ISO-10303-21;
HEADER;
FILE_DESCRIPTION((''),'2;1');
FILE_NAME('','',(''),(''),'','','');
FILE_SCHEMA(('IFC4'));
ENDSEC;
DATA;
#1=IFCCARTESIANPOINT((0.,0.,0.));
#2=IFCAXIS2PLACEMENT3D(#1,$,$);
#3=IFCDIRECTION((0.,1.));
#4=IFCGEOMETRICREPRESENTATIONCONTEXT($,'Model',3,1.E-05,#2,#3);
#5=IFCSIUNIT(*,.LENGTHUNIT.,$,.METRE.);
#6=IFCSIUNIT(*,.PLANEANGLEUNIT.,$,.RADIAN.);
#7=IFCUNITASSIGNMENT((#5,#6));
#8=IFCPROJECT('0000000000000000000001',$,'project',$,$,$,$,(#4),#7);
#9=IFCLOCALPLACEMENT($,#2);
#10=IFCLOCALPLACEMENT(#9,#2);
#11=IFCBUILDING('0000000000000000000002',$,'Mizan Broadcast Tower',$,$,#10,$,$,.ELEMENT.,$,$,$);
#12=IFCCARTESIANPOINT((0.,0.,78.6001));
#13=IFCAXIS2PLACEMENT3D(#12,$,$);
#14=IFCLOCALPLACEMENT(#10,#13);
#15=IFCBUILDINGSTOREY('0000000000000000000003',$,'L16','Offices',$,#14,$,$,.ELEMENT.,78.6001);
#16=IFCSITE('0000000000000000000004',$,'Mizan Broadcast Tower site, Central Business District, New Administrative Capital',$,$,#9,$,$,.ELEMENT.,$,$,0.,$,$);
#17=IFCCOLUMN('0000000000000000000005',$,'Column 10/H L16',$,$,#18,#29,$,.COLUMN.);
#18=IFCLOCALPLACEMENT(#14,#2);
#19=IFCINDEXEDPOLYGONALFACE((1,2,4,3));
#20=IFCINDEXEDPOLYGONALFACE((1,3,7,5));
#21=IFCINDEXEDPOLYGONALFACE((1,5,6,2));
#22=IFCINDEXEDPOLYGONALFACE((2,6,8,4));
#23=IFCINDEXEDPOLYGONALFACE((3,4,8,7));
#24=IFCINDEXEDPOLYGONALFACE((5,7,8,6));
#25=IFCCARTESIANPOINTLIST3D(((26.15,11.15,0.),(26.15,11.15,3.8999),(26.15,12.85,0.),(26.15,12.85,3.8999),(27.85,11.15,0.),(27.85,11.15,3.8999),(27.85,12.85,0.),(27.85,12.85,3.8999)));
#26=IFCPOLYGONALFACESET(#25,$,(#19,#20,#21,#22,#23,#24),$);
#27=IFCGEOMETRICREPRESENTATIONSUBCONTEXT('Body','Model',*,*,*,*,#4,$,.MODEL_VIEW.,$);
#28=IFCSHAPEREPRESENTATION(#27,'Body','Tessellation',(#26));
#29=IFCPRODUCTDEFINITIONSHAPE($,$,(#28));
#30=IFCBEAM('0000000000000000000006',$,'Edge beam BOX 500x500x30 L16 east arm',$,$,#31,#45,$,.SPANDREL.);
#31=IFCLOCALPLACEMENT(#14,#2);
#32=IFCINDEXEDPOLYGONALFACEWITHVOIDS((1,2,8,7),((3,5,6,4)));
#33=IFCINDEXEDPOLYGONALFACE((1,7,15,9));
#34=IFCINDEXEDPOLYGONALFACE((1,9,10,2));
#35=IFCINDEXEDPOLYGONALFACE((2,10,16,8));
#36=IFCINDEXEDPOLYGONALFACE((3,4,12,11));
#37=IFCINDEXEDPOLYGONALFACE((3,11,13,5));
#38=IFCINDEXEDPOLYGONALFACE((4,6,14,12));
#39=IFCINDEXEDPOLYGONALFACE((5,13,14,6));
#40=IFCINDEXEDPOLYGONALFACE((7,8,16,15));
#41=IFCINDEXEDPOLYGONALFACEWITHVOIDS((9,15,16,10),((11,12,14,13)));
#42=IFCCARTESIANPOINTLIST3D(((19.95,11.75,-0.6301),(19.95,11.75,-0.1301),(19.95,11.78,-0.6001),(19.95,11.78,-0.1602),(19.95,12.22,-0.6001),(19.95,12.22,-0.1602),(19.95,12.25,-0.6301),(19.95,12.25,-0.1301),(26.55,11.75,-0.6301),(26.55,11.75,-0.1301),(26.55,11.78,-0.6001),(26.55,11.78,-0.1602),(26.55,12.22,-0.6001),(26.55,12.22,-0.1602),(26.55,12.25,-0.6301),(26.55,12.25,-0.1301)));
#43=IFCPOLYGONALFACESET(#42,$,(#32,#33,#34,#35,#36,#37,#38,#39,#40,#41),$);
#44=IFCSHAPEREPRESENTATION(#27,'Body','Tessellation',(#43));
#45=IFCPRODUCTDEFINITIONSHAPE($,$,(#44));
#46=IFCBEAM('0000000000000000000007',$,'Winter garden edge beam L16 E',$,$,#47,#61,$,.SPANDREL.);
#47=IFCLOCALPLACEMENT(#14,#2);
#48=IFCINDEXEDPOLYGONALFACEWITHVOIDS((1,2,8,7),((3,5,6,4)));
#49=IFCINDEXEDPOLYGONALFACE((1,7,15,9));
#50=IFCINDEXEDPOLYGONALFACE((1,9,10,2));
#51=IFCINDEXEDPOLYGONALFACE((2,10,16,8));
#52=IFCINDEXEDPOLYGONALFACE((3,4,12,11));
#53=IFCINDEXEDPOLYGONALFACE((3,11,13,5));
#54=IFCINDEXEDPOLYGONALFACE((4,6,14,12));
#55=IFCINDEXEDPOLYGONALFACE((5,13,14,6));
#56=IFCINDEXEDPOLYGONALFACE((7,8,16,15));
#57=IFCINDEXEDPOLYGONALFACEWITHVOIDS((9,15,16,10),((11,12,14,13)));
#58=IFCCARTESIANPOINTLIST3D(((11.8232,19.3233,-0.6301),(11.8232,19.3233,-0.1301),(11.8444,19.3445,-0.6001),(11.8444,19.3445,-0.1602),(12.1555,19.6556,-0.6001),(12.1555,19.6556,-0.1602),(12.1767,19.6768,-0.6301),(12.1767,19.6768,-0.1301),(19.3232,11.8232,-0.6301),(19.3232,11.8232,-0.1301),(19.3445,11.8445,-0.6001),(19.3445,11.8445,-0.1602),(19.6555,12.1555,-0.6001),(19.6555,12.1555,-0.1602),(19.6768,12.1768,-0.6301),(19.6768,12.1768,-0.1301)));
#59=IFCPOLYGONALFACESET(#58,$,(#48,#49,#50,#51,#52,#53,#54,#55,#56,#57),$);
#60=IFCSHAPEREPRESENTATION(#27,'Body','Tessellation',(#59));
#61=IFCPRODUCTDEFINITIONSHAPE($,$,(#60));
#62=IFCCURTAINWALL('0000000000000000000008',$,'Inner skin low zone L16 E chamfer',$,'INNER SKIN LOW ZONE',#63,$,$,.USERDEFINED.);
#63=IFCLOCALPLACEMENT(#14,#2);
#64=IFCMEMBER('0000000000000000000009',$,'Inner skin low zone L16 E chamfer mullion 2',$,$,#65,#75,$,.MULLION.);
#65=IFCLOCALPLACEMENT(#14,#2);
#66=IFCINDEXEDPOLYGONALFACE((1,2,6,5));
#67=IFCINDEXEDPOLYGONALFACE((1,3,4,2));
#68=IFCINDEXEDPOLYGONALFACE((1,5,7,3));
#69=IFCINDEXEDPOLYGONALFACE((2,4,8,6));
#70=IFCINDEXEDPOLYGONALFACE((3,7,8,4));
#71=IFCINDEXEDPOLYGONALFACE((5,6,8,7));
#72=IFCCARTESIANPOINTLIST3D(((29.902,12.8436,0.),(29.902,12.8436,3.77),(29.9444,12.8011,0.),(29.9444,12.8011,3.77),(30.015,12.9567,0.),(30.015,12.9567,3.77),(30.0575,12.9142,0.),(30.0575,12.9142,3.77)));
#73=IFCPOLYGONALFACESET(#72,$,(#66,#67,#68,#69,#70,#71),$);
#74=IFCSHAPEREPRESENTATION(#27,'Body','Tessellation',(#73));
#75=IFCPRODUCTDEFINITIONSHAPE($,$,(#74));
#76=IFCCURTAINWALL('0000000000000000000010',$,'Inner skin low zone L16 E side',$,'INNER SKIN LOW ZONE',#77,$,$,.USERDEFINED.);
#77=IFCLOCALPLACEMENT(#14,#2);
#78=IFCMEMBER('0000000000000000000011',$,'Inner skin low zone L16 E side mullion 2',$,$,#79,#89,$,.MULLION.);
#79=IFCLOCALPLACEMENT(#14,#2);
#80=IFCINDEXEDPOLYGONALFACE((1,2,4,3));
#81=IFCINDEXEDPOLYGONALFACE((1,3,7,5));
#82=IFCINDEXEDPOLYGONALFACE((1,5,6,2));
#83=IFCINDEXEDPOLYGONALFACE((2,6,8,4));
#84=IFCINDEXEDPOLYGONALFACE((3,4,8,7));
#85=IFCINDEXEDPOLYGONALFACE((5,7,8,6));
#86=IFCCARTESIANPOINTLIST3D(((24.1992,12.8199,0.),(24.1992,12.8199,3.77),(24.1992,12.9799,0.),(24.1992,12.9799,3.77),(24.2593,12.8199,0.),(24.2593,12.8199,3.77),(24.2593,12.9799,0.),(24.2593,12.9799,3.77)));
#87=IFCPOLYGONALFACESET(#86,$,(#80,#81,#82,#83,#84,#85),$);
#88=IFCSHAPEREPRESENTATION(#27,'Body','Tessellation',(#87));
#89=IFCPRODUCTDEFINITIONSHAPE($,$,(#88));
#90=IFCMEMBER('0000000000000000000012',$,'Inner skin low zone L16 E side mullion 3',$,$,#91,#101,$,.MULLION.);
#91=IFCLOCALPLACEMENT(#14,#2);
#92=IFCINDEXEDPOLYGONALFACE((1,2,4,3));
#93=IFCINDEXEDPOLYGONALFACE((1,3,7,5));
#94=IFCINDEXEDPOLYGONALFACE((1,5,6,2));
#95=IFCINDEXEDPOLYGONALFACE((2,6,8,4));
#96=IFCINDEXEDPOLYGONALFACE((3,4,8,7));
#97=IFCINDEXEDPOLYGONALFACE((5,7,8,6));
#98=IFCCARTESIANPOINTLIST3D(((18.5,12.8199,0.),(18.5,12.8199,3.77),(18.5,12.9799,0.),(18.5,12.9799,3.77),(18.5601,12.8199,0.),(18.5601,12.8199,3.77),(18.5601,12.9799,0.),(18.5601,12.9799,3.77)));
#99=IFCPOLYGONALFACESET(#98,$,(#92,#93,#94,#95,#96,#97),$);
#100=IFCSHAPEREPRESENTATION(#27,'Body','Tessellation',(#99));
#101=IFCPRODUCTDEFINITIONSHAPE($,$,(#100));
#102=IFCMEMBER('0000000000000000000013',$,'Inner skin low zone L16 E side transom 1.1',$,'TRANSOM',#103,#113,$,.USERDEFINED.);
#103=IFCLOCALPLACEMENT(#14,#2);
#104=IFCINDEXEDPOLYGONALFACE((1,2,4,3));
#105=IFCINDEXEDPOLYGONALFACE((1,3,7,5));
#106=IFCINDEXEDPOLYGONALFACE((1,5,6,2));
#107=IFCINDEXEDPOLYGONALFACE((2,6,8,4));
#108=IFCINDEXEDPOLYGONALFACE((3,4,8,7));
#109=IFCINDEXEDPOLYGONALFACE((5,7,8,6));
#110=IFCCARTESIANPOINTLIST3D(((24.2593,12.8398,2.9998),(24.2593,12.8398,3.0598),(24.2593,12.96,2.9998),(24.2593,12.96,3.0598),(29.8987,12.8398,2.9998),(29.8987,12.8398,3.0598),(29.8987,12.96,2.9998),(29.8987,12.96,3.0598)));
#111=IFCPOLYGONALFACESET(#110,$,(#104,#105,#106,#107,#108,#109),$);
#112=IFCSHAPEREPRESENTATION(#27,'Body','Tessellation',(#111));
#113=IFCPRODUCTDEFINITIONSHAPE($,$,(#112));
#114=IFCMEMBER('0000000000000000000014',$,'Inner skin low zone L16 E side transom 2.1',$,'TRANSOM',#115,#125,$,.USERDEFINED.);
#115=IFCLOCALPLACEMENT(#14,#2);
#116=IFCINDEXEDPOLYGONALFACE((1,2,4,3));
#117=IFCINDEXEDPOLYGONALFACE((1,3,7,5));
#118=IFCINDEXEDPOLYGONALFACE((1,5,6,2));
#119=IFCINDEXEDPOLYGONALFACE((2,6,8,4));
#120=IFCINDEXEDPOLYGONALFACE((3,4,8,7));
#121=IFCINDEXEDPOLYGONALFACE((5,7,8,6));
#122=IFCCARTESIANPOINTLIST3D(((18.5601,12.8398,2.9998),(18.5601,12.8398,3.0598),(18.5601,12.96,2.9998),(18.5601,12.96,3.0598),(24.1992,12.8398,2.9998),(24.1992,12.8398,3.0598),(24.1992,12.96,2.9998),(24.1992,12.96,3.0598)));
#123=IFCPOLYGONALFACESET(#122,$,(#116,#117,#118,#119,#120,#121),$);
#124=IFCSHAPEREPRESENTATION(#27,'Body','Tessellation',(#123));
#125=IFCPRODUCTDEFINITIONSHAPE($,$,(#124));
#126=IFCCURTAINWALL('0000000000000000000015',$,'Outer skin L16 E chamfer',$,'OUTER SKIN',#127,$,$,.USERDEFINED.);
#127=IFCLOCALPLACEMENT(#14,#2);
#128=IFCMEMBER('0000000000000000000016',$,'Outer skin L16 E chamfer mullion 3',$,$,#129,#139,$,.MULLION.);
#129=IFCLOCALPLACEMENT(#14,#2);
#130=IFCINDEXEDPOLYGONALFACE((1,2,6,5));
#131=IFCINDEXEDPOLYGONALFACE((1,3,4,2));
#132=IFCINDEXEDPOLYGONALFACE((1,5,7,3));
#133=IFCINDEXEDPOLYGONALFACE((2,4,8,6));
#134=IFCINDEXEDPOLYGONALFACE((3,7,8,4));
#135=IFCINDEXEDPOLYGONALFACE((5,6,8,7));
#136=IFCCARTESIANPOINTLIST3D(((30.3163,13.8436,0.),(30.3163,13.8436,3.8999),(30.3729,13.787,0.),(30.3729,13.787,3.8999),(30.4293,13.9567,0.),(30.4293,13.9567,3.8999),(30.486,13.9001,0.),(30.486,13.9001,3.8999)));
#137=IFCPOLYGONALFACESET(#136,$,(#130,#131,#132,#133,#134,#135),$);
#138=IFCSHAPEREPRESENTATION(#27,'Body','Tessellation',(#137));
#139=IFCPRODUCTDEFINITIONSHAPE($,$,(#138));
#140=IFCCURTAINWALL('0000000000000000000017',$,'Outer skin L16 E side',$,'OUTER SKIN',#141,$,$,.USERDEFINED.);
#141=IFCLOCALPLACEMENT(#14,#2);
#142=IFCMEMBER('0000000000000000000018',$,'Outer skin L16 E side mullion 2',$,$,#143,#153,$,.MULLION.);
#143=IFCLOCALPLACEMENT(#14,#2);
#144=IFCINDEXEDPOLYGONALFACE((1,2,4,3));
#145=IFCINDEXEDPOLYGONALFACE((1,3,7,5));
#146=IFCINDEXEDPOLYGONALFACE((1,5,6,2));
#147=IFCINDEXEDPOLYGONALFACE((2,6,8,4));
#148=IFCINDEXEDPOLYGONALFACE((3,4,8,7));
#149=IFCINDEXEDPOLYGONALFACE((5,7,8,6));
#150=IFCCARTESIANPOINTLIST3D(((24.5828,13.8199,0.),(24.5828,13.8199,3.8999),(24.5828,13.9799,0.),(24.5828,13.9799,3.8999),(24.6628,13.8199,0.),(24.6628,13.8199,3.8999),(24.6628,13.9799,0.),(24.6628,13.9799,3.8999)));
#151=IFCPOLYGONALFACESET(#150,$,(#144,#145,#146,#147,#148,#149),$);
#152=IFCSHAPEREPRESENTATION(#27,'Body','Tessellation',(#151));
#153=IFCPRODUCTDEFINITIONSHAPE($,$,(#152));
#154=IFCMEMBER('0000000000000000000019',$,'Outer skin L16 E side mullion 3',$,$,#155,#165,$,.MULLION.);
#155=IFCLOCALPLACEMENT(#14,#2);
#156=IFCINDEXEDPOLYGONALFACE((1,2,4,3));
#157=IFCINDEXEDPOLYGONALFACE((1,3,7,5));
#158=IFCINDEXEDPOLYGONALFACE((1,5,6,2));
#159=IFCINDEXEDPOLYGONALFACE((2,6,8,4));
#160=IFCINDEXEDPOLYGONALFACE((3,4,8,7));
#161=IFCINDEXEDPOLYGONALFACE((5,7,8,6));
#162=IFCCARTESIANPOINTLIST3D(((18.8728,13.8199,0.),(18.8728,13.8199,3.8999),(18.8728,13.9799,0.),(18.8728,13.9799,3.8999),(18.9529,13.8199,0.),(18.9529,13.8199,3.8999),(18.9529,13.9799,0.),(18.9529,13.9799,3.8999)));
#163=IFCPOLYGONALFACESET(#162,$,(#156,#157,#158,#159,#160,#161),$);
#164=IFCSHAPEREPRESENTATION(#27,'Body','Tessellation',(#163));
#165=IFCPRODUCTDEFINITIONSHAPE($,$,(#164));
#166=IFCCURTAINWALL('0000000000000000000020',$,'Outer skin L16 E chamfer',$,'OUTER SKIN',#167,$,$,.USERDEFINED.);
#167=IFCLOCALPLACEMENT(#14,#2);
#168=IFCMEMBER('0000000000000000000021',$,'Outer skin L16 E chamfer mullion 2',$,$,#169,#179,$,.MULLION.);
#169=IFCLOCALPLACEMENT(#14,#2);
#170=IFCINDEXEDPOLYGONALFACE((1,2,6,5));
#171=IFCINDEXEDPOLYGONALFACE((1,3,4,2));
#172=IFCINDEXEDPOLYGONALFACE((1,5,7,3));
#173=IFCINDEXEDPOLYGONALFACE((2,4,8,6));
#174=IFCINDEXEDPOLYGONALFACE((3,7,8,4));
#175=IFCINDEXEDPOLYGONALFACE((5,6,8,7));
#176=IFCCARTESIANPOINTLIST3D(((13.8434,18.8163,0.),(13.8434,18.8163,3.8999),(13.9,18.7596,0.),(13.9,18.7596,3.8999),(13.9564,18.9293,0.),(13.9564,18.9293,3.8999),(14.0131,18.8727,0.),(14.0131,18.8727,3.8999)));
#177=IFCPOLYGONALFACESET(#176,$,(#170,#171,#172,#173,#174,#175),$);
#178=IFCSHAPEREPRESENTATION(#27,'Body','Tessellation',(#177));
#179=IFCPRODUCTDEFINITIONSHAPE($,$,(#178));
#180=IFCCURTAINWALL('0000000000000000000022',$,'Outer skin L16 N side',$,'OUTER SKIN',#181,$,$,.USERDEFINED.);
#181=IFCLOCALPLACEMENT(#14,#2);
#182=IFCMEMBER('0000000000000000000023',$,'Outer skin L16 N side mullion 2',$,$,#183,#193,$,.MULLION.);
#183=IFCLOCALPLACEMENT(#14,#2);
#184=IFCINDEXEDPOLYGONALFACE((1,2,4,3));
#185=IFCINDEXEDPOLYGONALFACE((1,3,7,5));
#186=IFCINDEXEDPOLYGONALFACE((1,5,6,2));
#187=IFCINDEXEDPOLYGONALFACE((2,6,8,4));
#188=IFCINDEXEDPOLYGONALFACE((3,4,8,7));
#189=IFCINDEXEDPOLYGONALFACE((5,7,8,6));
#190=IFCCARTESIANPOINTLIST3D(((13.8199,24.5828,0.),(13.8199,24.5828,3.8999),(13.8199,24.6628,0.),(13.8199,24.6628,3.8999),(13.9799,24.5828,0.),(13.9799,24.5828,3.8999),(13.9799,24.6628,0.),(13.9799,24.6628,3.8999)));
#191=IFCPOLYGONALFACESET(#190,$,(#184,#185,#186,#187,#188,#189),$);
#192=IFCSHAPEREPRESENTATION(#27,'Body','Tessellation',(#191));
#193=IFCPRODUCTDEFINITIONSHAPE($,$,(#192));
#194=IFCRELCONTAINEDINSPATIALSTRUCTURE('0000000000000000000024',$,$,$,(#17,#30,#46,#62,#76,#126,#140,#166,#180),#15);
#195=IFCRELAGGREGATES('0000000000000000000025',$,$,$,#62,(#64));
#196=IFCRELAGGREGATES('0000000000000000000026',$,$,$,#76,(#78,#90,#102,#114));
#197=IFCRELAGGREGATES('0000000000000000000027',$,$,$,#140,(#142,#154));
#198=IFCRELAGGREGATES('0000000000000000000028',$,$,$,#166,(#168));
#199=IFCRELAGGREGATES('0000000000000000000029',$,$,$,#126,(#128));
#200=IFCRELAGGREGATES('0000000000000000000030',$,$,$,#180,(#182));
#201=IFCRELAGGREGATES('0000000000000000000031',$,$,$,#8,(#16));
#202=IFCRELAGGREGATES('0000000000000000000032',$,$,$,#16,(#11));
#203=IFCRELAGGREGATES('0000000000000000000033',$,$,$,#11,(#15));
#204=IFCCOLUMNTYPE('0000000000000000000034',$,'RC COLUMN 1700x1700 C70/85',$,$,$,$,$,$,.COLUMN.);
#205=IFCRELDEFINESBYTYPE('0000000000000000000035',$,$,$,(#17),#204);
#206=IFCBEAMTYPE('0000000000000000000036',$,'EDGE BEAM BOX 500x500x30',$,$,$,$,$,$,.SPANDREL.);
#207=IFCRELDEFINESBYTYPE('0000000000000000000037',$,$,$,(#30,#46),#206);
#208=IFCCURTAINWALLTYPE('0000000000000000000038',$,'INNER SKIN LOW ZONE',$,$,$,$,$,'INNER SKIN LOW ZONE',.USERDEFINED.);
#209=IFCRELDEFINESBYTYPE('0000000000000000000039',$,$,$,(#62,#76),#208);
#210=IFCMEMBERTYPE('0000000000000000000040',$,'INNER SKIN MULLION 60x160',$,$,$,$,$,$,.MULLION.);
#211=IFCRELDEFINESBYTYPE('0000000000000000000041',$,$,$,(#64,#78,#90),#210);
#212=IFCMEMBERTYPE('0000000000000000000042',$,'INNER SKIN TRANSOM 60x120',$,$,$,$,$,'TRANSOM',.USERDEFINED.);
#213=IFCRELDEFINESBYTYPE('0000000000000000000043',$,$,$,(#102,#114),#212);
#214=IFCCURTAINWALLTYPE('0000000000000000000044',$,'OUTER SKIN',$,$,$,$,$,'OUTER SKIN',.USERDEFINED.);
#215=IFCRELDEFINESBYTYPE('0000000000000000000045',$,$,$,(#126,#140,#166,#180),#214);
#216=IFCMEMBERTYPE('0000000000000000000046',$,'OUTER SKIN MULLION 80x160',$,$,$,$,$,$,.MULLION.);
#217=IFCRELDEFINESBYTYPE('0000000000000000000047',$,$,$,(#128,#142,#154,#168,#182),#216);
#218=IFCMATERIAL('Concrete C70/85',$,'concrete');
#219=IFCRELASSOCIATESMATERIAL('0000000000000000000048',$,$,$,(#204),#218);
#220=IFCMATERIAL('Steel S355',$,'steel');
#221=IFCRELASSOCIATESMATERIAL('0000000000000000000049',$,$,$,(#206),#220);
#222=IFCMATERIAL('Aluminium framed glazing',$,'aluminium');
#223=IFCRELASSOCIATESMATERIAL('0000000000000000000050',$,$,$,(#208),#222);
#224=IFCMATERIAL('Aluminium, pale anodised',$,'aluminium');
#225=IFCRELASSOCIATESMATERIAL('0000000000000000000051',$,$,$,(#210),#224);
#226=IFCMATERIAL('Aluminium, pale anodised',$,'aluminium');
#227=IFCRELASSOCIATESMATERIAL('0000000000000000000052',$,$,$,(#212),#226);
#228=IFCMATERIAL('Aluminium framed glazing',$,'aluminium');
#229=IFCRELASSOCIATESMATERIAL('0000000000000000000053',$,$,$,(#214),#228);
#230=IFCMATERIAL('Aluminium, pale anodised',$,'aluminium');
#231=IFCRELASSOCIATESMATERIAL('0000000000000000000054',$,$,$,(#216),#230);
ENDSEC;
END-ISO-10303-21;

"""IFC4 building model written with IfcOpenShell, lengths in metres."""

from ifc_helpers import new_model, si_unit, direction, frame, origin, origin_2d, place, context, subcontext, project, spatial, rectangle, hollow_rectangle, extrude, material, material_profile, profile_set, type_object, element, aggregate, save


model = new_model("IFC4")

# Units and contexts
model_context = context("Model", 3, precision=1e-05, world=origin(), true_north=direction((0.0, 1.0)))
body_context = subcontext(model_context, "Body", "Model", "MODEL_VIEW")
ifc_project = project(units=[si_unit("LENGTHUNIT", "METRE"), si_unit("PLANEANGLEUNIT", "RADIAN")], contexts=[model_context])

# Site, building, storey
site_placement = place(None, origin())
site = spatial("IfcSite", under=ifc_project, at=site_placement, Name="Mizan Broadcast Tower site, Central Business District, New Administrative Capital", CompositionType="ELEMENT", RefElevation=0.0)
building_placement = place(site_placement, origin())
building = spatial("IfcBuilding", under=site, at=building_placement, Name="Mizan Broadcast Tower", CompositionType="ELEMENT")
storey_placement = place(building_placement, frame((0.0, 0.0, 78.6001)))
storey = spatial("IfcBuildingStorey", under=building, at=storey_placement, Name="L16", Description="Offices", CompositionType="ELEMENT", Elevation=78.6001)

# Column
ifc_material_1 = material(Name="Concrete C70/85", Category="concrete")
ifc_material_profile_1 = material_profile(ifc_material_1, rectangle(XDim=1.7, YDim=1.7, at=origin_2d()), Name="RC 1700x1700")
ifc_profile_set_1 = profile_set([ifc_material_profile_1], Name="Concrete C70/85")
column_type = type_object("IfcColumnType", Name="RC COLUMN 1700x1700 C70/85", PredefinedType="COLUMN", material=ifc_profile_set_1)
column_placement = place(storey_placement, frame((27.0, 12.0, 0.0), z_axis=(0.0, 0.0, 1.0), x_axis=(1.0, 0.0, 0.0)))
element("IfcColumn", 1, at=column_placement, inside=storey, type_object=column_type, Name="Column 10/H L16", PredefinedType="COLUMN", context=body_context, shape_type="SweptSolid", body=[
    extrude(rectangle(XDim=1.7, YDim=1.7, at=origin_2d()), origin(), (0.0, 0.0, 1.0), 3.8999),
])

# Beams
ifc_material_2 = material(Name="Steel S355", Category="steel")
ifc_material_profile_2 = material_profile(ifc_material_2, hollow_rectangle(XDim=0.5, YDim=0.5, WallThickness=0.03, at=origin_2d()), Name="BOX 500x500x30")
ifc_profile_set_2 = profile_set([ifc_material_profile_2], Name="Steel S355")
beam_type_1 = type_object("IfcBeamType", Name="EDGE BEAM BOX 500x500x30", PredefinedType="SPANDREL", material=ifc_profile_set_2)
beam_1_placement = place(storey_placement, frame((19.95, 12.0, -0.3801), z_axis=(1.0, 0.0, 0.0), x_axis=(0.0, 1.0, 0.0)))
element("IfcBeam", 2, at=beam_1_placement, inside=storey, type_object=beam_type_1, Name="Edge beam BOX 500x500x30 L16 east arm", PredefinedType="SPANDREL", context=body_context, shape_type="SweptSolid", body=[
    extrude(hollow_rectangle(XDim=0.5, YDim=0.5, WallThickness=0.03, at=origin_2d()), origin(), (0.0, 0.0, 1.0), 6.6001),
])
beam_2_placement = place(storey_placement, frame((19.5, 12.0, -0.3801), z_axis=(-0.707107, 0.707107, 0.0), x_axis=(-0.707107, -0.707107, 0.0)))
element("IfcBeam", 3, at=beam_2_placement, inside=storey, type_object=beam_type_1, Name="Winter garden edge beam L16 E", PredefinedType="SPANDREL", context=body_context, shape_type="SweptSolid", body=[
    extrude(hollow_rectangle(XDim=0.5, YDim=0.5, WallThickness=0.03, at=origin_2d()), origin(), (0.0, 0.0, 1.0), 10.6067),
])

# Curtain wall, member
ifc_material_3 = material(Name="Aluminium framed glazing", Category="aluminium")
curtain_wall_type_1 = type_object("IfcCurtainWallType", Name="INNER SKIN LOW ZONE", ElementType="INNER SKIN LOW ZONE", PredefinedType="USERDEFINED", material=ifc_material_3)
curtain_wall_1_placement = place(storey_placement, origin())
curtain_wall_1 = element("IfcCurtainWall", 4, at=curtain_wall_1_placement, inside=storey, type_object=curtain_wall_type_1, Name="Inner skin low zone L16 E chamfer", ObjectType="INNER SKIN LOW ZONE", PredefinedType="USERDEFINED")
ifc_material_4 = material(Name="Aluminium, pale anodised", Category="aluminium")
ifc_material_profile_3 = material_profile(ifc_material_4, rectangle(XDim=0.1599, YDim=0.0601, at=origin_2d()), Name="MULLION 160x60")
ifc_profile_set_3 = profile_set([ifc_material_profile_3], Name="Aluminium, pale anodised")
member_type_1 = type_object("IfcMemberType", Name="INNER SKIN MULLION 60x160", PredefinedType="MULLION", material=ifc_profile_set_3)
member_1_placement = place(storey_placement, frame((29.9797, 12.8789, 0.0), z_axis=(0.0, 0.0, 1.0), x_axis=(-0.707107, -0.707107, 0.0)))
member_1 = element("IfcMember", 5, at=member_1_placement, type_object=member_type_1, Name="Inner skin low zone L16 E chamfer mullion 2", PredefinedType="MULLION", context=body_context, shape_type="SweptSolid", body=[
    extrude(rectangle(XDim=0.1599, YDim=0.0601, at=origin_2d()), origin(), (0.0, 0.0, 1.0), 3.77),
])
aggregate(curtain_wall_1, [member_1])

# Curtain wall, members
curtain_wall_2_placement = place(storey_placement, origin())
curtain_wall_2 = element("IfcCurtainWall", 6, at=curtain_wall_2_placement, inside=storey, type_object=curtain_wall_type_1, Name="Inner skin low zone L16 E side", ObjectType="INNER SKIN LOW ZONE", PredefinedType="USERDEFINED")
member_2_placement = place(storey_placement, frame((24.2292, 12.8999, 0.0), z_axis=(0.0, 0.0, 1.0), x_axis=(0.0, -1.0, 0.0)))
member_2 = element("IfcMember", 7, at=member_2_placement, type_object=member_type_1, Name="Inner skin low zone L16 E side mullion 2", PredefinedType="MULLION", context=body_context, shape_type="SweptSolid", body=[
    extrude(rectangle(XDim=0.1599, YDim=0.0601, at=origin_2d()), origin(), (0.0, 0.0, 1.0), 3.77),
])
member_3_placement = place(storey_placement, frame((18.53, 12.8999, 0.0), z_axis=(0.0, 0.0, 1.0), x_axis=(0.0, -1.0, 0.0)))
member_3 = element("IfcMember", 8, at=member_3_placement, type_object=member_type_1, Name="Inner skin low zone L16 E side mullion 3", PredefinedType="MULLION", context=body_context, shape_type="SweptSolid", body=[
    extrude(rectangle(XDim=0.1599, YDim=0.0601, at=origin_2d()), origin(), (0.0, 0.0, 1.0), 3.77),
])
ifc_material_5 = material(Name="Aluminium, pale anodised", Category="aluminium")
ifc_material_profile_4 = material_profile(ifc_material_5, rectangle(XDim=0.1201, YDim=0.0601, at=origin_2d()), Name="TRANSOM 120x60")
ifc_profile_set_4 = profile_set([ifc_material_profile_4], Name="Aluminium, pale anodised")
member_type_2 = type_object("IfcMemberType", Name="INNER SKIN TRANSOM 60x120", ElementType="TRANSOM", PredefinedType="USERDEFINED", material=ifc_profile_set_4)
member_4_placement = place(storey_placement, frame((29.8987, 12.8999, 3.0298), z_axis=(-1.0, 0.0, 0.0), x_axis=(0.0, -1.0, 0.0)))
member_4 = element("IfcMember", 9, at=member_4_placement, type_object=member_type_2, Name="Inner skin low zone L16 E side transom 1.1", ObjectType="TRANSOM", PredefinedType="USERDEFINED", context=body_context, shape_type="SweptSolid", body=[
    extrude(rectangle(XDim=0.1201, YDim=0.0601, at=origin_2d()), origin(), (0.0, 0.0, 1.0), 5.6394),
])
member_5_placement = place(storey_placement, frame((24.1992, 12.8999, 3.0298), z_axis=(-1.0, 0.0, 0.0), x_axis=(0.0, -1.0, 0.0)))
member_5 = element("IfcMember", 10, at=member_5_placement, type_object=member_type_2, Name="Inner skin low zone L16 E side transom 2.1", ObjectType="TRANSOM", PredefinedType="USERDEFINED", context=body_context, shape_type="SweptSolid", body=[
    extrude(rectangle(XDim=0.1201, YDim=0.0601, at=origin_2d()), origin(), (0.0, 0.0, 1.0), 5.6392),
])

# Curtain wall, member
ifc_material_6 = material(Name="Aluminium framed glazing", Category="aluminium")
curtain_wall_type_2 = type_object("IfcCurtainWallType", Name="OUTER SKIN", ElementType="OUTER SKIN", PredefinedType="USERDEFINED", material=ifc_material_6)
curtain_wall_3_placement = place(storey_placement, origin())
curtain_wall_3 = element("IfcCurtainWall", 11, at=curtain_wall_3_placement, inside=storey, type_object=curtain_wall_type_2, Name="Outer skin L16 E chamfer", ObjectType="OUTER SKIN", PredefinedType="USERDEFINED")
ifc_material_7 = material(Name="Aluminium, pale anodised", Category="aluminium")
ifc_material_profile_5 = material_profile(ifc_material_7, rectangle(XDim=0.1599, YDim=0.0801, at=origin_2d()), Name="MULLION 160x80")
ifc_profile_set_5 = profile_set([ifc_material_profile_5], Name="Aluminium, pale anodised")
member_type_3 = type_object("IfcMemberType", Name="OUTER SKIN MULLION 80x160", PredefinedType="MULLION", material=ifc_profile_set_5)
member_6_placement = place(storey_placement, frame((30.4011, 13.8718, 0.0), z_axis=(0.0, 0.0, 1.0), x_axis=(-0.707107, -0.707107, 0.0)))
member_6 = element("IfcMember", 12, at=member_6_placement, type_object=member_type_3, Name="Outer skin L16 E chamfer mullion 3", PredefinedType="MULLION", context=body_context, shape_type="SweptSolid", body=[
    extrude(rectangle(XDim=0.1599, YDim=0.0801, at=origin_2d()), origin(), (0.0, 0.0, 1.0), 3.8999),
])

# Curtain wall, members
curtain_wall_4_placement = place(storey_placement, origin())
curtain_wall_4 = element("IfcCurtainWall", 13, at=curtain_wall_4_placement, inside=storey, type_object=curtain_wall_type_2, Name="Outer skin L16 E side", ObjectType="OUTER SKIN", PredefinedType="USERDEFINED")
member_7_placement = place(storey_placement, frame((24.6228, 13.8999, 0.0), z_axis=(0.0, 0.0, 1.0), x_axis=(0.0, -1.0, 0.0)))
member_7 = element("IfcMember", 14, at=member_7_placement, type_object=member_type_3, Name="Outer skin L16 E side mullion 2", PredefinedType="MULLION", context=body_context, shape_type="SweptSolid", body=[
    extrude(rectangle(XDim=0.1599, YDim=0.0801, at=origin_2d()), origin(), (0.0, 0.0, 1.0), 3.8999),
])
member_8_placement = place(storey_placement, frame((18.9128, 13.8999, 0.0), z_axis=(0.0, 0.0, 1.0), x_axis=(0.0, -1.0, 0.0)))
member_8 = element("IfcMember", 15, at=member_8_placement, type_object=member_type_3, Name="Outer skin L16 E side mullion 3", PredefinedType="MULLION", context=body_context, shape_type="SweptSolid", body=[
    extrude(rectangle(XDim=0.1599, YDim=0.0801, at=origin_2d()), origin(), (0.0, 0.0, 1.0), 3.8999),
])

# Curtain wall, member
curtain_wall_5_placement = place(storey_placement, origin())
curtain_wall_5 = element("IfcCurtainWall", 16, at=curtain_wall_5_placement, inside=storey, type_object=curtain_wall_type_2, Name="Outer skin L16 E chamfer", ObjectType="OUTER SKIN", PredefinedType="USERDEFINED")
member_9_placement = place(storey_placement, frame((13.9282, 18.8445, 0.0), z_axis=(0.0, 0.0, 1.0), x_axis=(-0.707107, -0.707107, 0.0)))
member_9 = element("IfcMember", 17, at=member_9_placement, type_object=member_type_3, Name="Outer skin L16 E chamfer mullion 2", PredefinedType="MULLION", context=body_context, shape_type="SweptSolid", body=[
    extrude(rectangle(XDim=0.1599, YDim=0.0801, at=origin_2d()), origin(), (0.0, 0.0, 1.0), 3.8999),
])

# Curtain wall, member
curtain_wall_6_placement = place(storey_placement, origin())
curtain_wall_6 = element("IfcCurtainWall", 18, at=curtain_wall_6_placement, inside=storey, type_object=curtain_wall_type_2, Name="Outer skin L16 N side", ObjectType="OUTER SKIN", PredefinedType="USERDEFINED")
member_10_placement = place(storey_placement, frame((13.8999, 24.6228, 0.0), z_axis=(0.0, 0.0, 1.0), x_axis=(-1.0, 0.0, 0.0)))
member_10 = element("IfcMember", 19, at=member_10_placement, type_object=member_type_3, Name="Outer skin L16 N side mullion 2", PredefinedType="MULLION", context=body_context, shape_type="SweptSolid", body=[
    extrude(rectangle(XDim=0.1599, YDim=0.0801, at=origin_2d()), origin(), (0.0, 0.0, 1.0), 3.8999),
])

aggregate(curtain_wall_2, [member_2, member_3, member_4, member_5])
aggregate(curtain_wall_4, [member_7, member_8])
aggregate(curtain_wall_5, [member_9])
aggregate(curtain_wall_3, [member_6])
aggregate(curtain_wall_6, [member_10])

save(model, "model.ifc")
